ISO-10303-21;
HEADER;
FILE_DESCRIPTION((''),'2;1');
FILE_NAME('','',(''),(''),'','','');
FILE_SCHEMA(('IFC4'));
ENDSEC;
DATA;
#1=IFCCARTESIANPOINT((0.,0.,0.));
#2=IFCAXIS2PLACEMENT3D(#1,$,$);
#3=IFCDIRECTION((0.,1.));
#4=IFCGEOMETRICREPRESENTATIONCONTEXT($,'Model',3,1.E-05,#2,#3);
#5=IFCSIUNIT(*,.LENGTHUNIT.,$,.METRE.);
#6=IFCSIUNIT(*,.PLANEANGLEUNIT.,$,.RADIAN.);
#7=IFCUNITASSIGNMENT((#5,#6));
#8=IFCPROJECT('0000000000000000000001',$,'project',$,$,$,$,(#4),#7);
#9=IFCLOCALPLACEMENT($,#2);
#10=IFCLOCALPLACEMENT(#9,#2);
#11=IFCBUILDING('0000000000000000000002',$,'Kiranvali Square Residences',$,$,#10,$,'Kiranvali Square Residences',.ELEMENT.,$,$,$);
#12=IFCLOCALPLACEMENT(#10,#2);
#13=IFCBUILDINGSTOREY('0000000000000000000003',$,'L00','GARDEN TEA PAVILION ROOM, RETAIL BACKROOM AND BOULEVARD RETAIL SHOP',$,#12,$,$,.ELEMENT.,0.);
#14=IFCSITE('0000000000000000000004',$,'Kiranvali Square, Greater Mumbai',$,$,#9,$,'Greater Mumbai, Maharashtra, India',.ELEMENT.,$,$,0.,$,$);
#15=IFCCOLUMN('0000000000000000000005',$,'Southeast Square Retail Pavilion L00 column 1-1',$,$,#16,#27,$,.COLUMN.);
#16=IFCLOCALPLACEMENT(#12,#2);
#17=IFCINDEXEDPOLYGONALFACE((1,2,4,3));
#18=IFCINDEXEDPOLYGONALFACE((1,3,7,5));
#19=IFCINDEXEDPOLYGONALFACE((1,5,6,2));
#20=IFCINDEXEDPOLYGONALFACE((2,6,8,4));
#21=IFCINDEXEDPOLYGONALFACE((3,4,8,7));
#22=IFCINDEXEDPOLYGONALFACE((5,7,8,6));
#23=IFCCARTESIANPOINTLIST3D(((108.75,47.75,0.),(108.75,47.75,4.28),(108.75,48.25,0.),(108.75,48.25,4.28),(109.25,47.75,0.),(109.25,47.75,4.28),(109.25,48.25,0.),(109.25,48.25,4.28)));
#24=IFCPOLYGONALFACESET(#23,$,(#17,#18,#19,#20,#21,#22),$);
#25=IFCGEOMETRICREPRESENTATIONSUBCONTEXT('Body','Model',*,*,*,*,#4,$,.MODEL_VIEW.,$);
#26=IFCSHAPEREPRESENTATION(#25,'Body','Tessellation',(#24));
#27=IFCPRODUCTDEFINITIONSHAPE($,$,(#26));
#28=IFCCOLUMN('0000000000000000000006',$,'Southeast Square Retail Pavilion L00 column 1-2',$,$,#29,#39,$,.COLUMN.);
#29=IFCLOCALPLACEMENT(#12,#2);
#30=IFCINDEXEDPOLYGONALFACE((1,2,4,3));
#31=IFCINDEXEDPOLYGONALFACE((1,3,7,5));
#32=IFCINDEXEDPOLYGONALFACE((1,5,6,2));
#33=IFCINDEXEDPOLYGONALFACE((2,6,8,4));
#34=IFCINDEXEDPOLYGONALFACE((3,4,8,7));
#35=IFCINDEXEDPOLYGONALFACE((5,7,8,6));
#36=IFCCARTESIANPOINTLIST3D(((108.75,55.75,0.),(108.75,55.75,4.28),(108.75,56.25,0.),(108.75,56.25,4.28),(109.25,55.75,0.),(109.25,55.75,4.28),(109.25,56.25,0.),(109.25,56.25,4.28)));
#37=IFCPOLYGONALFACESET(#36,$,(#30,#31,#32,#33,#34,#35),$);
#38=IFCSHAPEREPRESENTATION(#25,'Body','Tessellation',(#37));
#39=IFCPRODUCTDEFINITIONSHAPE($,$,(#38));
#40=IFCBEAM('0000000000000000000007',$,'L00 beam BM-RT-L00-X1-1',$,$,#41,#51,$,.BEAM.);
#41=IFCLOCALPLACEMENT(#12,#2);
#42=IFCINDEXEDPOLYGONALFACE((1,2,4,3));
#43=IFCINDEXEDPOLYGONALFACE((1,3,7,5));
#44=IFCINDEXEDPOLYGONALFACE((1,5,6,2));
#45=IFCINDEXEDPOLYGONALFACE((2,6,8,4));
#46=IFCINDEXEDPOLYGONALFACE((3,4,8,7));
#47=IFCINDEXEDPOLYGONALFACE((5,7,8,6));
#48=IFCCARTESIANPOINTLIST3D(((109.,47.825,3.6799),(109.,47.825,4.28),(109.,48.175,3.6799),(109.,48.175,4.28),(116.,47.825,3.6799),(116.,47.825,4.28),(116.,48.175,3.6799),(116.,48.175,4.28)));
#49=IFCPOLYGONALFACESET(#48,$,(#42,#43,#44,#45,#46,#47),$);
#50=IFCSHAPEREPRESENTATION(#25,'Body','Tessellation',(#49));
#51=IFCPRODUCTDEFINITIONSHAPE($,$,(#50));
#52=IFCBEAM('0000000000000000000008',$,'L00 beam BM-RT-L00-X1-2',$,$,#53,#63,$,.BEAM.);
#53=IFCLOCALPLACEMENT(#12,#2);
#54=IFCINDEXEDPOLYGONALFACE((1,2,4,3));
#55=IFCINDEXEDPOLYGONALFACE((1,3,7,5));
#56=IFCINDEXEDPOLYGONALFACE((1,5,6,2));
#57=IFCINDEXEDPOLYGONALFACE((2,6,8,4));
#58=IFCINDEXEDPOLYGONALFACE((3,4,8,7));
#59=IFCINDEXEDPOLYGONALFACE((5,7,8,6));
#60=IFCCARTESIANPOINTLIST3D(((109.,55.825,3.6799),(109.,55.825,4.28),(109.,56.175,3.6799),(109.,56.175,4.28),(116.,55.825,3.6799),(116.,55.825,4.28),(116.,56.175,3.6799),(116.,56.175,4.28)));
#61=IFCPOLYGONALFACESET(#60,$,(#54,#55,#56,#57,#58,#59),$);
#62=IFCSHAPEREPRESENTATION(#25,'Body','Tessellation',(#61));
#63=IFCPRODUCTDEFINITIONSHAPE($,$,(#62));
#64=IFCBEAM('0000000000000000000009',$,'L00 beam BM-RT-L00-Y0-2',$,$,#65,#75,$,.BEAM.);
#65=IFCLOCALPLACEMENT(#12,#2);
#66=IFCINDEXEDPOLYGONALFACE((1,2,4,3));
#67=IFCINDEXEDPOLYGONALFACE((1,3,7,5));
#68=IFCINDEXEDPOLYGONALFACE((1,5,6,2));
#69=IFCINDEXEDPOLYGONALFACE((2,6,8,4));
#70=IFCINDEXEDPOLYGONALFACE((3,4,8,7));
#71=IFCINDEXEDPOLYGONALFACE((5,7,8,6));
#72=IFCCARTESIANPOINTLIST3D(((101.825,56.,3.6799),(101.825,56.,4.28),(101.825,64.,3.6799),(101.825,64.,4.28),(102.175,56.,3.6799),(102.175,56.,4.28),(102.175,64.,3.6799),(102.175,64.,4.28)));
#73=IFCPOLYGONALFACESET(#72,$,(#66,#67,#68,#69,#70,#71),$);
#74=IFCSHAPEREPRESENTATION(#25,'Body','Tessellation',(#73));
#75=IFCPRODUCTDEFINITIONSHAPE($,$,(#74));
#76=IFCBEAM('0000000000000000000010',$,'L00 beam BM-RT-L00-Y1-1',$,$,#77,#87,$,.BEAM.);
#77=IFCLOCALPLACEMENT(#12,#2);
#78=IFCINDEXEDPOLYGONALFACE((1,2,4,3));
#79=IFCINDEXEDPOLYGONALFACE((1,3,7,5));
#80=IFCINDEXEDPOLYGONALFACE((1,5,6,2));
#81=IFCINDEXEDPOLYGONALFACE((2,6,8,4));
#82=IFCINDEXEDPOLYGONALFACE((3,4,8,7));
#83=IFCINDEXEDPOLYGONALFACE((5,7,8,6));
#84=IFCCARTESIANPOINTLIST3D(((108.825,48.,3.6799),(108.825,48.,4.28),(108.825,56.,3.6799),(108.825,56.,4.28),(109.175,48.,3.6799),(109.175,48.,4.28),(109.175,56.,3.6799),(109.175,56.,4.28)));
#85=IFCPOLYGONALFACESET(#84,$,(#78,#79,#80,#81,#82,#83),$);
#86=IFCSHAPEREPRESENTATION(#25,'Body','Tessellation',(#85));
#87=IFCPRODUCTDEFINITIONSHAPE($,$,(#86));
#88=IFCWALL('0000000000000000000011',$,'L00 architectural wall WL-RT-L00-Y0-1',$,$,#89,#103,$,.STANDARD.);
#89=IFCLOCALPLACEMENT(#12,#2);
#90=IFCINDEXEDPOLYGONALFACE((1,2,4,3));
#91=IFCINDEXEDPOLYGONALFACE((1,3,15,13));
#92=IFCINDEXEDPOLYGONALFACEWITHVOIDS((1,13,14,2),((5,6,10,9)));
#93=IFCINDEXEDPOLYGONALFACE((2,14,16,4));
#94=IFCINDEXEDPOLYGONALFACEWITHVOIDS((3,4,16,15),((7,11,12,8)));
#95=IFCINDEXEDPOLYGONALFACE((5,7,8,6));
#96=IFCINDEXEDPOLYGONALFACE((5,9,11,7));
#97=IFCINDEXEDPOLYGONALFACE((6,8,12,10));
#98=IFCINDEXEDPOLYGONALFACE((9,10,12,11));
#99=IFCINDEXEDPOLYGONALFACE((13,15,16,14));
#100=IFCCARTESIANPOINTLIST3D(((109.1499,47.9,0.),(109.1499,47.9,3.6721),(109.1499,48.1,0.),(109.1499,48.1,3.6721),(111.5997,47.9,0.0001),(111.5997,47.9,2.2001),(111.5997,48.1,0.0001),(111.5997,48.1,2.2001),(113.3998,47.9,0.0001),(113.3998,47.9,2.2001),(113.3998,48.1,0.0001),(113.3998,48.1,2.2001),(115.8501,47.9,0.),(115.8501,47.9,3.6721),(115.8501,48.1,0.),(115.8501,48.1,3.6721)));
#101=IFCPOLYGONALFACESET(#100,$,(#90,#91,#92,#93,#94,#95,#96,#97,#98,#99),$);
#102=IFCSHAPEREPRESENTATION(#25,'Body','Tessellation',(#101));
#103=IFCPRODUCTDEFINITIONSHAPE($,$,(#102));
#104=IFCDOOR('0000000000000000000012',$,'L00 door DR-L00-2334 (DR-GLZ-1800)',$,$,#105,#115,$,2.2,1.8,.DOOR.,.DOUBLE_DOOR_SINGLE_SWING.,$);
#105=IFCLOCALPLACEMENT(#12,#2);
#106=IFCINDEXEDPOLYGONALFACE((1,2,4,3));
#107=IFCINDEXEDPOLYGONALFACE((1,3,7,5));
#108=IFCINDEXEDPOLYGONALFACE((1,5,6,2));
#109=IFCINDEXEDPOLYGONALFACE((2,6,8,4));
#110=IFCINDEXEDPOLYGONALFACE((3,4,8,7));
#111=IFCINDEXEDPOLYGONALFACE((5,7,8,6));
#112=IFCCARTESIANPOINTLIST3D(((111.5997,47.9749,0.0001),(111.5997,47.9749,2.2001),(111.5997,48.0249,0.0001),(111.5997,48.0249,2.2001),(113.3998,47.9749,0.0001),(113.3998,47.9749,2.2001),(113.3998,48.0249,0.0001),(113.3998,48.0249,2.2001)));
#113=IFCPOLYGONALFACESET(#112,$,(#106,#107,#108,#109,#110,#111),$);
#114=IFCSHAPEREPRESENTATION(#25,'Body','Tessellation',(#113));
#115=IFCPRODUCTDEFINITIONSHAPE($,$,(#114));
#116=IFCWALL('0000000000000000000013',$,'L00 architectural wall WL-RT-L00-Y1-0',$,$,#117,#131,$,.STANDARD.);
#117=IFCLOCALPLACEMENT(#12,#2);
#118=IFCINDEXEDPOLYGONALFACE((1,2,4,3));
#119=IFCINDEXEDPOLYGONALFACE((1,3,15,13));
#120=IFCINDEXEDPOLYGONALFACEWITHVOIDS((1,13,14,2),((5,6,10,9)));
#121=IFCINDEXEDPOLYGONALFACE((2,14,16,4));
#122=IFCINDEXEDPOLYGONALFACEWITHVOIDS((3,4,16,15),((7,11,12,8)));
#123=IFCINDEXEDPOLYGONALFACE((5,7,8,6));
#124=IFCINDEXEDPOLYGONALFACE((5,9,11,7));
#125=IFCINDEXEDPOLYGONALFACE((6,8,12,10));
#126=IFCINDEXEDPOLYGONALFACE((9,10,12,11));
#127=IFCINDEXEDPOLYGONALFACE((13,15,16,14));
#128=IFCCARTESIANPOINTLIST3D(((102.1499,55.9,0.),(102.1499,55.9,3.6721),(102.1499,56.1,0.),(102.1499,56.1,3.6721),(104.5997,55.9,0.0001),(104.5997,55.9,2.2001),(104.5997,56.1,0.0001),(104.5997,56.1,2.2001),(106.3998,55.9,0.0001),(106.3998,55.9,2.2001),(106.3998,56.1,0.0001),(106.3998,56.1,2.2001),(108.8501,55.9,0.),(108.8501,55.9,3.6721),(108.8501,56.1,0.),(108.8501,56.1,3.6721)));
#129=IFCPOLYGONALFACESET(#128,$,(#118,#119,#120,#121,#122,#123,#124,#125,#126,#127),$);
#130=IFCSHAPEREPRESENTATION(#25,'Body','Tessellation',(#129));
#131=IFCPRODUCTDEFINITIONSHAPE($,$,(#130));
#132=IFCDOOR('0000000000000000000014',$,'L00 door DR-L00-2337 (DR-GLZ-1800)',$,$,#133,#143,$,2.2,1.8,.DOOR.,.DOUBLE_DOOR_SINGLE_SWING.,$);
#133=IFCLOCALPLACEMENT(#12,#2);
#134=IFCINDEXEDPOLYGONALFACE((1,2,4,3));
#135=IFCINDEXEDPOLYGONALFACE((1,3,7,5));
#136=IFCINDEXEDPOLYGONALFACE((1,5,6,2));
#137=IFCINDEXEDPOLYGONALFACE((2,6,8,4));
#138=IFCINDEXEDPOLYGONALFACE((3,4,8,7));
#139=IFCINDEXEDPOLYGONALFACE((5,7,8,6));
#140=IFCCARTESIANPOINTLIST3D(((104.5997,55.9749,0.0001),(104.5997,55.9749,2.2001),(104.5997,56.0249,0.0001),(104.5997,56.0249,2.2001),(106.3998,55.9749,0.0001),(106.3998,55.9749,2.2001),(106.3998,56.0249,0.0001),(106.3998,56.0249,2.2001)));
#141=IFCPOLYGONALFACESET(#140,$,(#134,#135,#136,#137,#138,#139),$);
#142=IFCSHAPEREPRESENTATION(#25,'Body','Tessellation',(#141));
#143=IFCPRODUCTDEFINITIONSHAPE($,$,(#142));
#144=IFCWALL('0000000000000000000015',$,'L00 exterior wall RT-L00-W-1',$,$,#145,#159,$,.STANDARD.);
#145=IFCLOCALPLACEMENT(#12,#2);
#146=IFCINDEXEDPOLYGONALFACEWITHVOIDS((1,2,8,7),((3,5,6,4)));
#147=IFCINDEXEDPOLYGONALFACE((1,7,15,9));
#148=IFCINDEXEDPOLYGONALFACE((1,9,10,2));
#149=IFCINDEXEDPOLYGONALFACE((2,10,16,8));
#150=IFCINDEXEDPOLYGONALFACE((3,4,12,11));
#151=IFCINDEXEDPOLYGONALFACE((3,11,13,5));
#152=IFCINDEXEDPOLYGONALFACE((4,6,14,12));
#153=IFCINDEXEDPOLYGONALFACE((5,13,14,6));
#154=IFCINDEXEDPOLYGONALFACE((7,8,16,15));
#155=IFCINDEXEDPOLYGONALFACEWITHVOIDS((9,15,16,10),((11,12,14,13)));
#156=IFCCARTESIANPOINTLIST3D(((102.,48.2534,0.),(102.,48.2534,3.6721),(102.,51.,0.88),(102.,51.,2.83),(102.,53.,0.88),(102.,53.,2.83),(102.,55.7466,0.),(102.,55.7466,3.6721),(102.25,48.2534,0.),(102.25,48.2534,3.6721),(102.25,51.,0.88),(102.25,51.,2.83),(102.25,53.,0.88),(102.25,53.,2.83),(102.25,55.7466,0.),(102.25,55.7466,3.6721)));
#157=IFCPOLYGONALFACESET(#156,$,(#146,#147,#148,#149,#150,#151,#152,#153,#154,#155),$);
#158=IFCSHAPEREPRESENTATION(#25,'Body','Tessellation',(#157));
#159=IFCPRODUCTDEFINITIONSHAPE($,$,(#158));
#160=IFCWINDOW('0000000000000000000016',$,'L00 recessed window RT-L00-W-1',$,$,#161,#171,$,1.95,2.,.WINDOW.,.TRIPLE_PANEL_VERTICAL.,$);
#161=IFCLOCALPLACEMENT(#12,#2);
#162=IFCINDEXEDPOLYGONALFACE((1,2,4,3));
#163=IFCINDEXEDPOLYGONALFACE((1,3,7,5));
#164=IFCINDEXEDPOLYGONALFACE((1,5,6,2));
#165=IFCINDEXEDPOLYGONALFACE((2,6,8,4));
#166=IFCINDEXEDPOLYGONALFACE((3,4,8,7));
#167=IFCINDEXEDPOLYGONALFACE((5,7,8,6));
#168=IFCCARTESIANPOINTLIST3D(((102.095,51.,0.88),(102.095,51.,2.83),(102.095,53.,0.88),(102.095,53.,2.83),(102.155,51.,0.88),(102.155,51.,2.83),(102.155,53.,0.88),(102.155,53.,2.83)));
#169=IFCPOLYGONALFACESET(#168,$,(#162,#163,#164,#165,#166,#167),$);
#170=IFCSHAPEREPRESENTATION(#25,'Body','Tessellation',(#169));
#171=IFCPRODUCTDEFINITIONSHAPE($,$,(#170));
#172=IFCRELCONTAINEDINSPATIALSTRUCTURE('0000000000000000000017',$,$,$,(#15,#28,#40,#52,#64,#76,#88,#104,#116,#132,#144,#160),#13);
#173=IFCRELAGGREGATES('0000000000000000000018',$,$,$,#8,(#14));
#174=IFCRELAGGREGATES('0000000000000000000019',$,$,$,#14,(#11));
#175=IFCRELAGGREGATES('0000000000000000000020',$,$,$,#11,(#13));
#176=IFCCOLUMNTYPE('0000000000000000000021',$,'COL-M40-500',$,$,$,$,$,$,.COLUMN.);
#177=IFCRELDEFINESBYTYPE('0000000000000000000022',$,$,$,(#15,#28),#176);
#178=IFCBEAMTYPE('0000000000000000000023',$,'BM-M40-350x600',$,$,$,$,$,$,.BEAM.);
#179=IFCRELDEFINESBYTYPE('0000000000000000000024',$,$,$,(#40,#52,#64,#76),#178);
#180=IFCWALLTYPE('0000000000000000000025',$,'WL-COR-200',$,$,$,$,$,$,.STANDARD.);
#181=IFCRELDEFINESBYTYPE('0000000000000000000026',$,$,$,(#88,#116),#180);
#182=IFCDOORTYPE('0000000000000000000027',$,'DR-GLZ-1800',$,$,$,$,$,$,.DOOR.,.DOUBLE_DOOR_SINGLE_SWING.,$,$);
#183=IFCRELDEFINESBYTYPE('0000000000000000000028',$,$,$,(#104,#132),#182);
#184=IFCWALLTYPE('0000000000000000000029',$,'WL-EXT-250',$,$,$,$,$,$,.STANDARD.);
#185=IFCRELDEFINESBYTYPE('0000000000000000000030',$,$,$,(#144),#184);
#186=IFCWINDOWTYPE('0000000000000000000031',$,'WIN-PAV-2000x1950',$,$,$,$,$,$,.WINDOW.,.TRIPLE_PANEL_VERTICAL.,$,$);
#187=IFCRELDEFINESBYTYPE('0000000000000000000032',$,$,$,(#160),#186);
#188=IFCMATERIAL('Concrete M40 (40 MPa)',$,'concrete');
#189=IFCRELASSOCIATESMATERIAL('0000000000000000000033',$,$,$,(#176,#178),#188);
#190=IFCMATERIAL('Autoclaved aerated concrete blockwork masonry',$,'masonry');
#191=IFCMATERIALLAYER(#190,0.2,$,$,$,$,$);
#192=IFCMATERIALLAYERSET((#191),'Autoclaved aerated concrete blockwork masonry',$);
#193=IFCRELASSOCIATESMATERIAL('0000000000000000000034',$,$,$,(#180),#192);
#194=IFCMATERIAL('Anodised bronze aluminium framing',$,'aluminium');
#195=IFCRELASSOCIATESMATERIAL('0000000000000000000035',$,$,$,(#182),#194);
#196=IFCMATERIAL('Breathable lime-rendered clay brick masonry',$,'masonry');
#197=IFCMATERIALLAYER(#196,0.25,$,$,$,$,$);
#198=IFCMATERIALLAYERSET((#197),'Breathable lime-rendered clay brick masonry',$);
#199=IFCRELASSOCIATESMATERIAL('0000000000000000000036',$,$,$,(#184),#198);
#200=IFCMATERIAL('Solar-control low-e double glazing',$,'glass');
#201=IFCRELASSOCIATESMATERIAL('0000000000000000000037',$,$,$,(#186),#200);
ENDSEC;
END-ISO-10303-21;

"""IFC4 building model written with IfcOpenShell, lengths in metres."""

from ifc_helpers import new_model, si_unit, direction, frame, frame_2d, origin, origin_2d, place, context, subcontext, project, spatial, rectangle, extrude, material, layer, layer_set, material_profile, profile_set, type_object, element, fill, save


model = new_model("IFC4")

# Units and contexts
model_context = context("Model", 3, precision=1e-05, world=origin(), true_north=direction((0.0, 1.0)))
body_context = subcontext(model_context, "Body", "Model", "MODEL_VIEW")
ifc_project = project(units=[si_unit("LENGTHUNIT", "METRE"), si_unit("PLANEANGLEUNIT", "RADIAN")], contexts=[model_context])

# Site, building, storey
site_placement = place(None, origin())
site = spatial("IfcSite", under=ifc_project, at=site_placement, Name="Kiranvali Square, Greater Mumbai", LongName="Greater Mumbai, Maharashtra, India", CompositionType="ELEMENT", RefElevation=0.0)
building_placement = place(site_placement, origin())
building = spatial("IfcBuilding", under=site, at=building_placement, Name="Kiranvali Square Residences", LongName="Kiranvali Square Residences", CompositionType="ELEMENT")
storey_placement = place(building_placement, origin())
storey = spatial("IfcBuildingStorey", under=building, at=storey_placement, Name="L00", Description="GARDEN TEA PAVILION ROOM, RETAIL BACKROOM AND BOULEVARD RETAIL SHOP", CompositionType="ELEMENT", Elevation=0.0)

# Columns
ifc_material_1 = material(Name="Concrete M40 (40 MPa)", Category="concrete")
ifc_material_profile_1 = material_profile(ifc_material_1, rectangle(XDim=0.5, YDim=0.5, at=origin_2d()), Name="RC 500x500")
ifc_profile_set_1 = profile_set([ifc_material_profile_1], Name="Concrete M40 (40 MPa)")
column_type = type_object("IfcColumnType", Name="COL-M40-500", PredefinedType="COLUMN", material=ifc_profile_set_1)
for number, where, z_axis, x_axis, name in (
    (1, (109.0, 48.0, 0.0), (0.0, 0.0, 1.0), (1.0, 0.0, 0.0), "Southeast Square Retail Pavilion L00 column 1-1"),
    (2, (109.0, 56.0, 0.0), (0.0, 0.0, 1.0), (1.0, 0.0, 0.0), "Southeast Square Retail Pavilion L00 column 1-2"),
):
    element("IfcColumn", number, at=place(storey_placement, frame(where, z_axis=z_axis, x_axis=x_axis)), inside=storey, type_object=column_type, Name=name, PredefinedType="COLUMN", context=body_context, shape_type="SweptSolid", body=[
        extrude(rectangle(XDim=0.5, YDim=0.5, at=origin_2d()), origin(), (0.0, 0.0, 1.0), 4.28),
    ])

# Beams
ifc_material_profile_2 = material_profile(ifc_material_1, rectangle(XDim=0.3501, YDim=0.6001, at=origin_2d()), Name="RC 350x600")
ifc_profile_set_2 = profile_set([ifc_material_profile_2], Name="Concrete M40 (40 MPa)")
beam_type = type_object("IfcBeamType", Name="BM-M40-350x600", PredefinedType="BEAM", material=ifc_profile_set_2)
for number, where, z_axis, x_axis, name in (
    (3, (109.0, 48.0, 3.98), (1.0, 0.0, 0.0), (0.0, 1.0, 0.0), "L00 beam BM-RT-L00-X1-1"),
    (4, (109.0, 56.0, 3.98), (1.0, 0.0, 0.0), (0.0, 1.0, 0.0), "L00 beam BM-RT-L00-X1-2"),
):
    element("IfcBeam", number, at=place(storey_placement, frame(where, z_axis=z_axis, x_axis=x_axis)), inside=storey, type_object=beam_type, Name=name, PredefinedType="BEAM", context=body_context, shape_type="SweptSolid", body=[
        extrude(rectangle(XDim=0.3501, YDim=0.6001, at=origin_2d()), origin(), (0.0, 0.0, 1.0), 7.0),
    ])
for number, where, z_axis, x_axis, name in (
    (5, (102.0, 56.0, 3.98), (0.0, 1.0, 0.0), (-1.0, 0.0, 0.0), "L00 beam BM-RT-L00-Y0-2"),
    (6, (109.0, 48.0, 3.98), (0.0, 1.0, 0.0), (-1.0, 0.0, 0.0), "L00 beam BM-RT-L00-Y1-1"),
):
    element("IfcBeam", number, at=place(storey_placement, frame(where, z_axis=z_axis, x_axis=x_axis)), inside=storey, type_object=beam_type, Name=name, PredefinedType="BEAM", context=body_context, shape_type="SweptSolid", body=[
        extrude(rectangle(XDim=0.3501, YDim=0.6001, at=origin_2d()), origin(), (0.0, 0.0, 1.0), 8.0),
    ])

# Walls, openings, doors
ifc_material_2 = material(Name="Autoclaved aerated concrete blockwork masonry", Category="masonry")
ifc_layer_1 = layer(ifc_material_2, 0.2)
ifc_layer_set_1 = layer_set([ifc_layer_1], Name="Autoclaved aerated concrete blockwork masonry")
wall_type_1 = type_object("IfcWallType", Name="WL-COR-200", PredefinedType="STANDARD", material=ifc_layer_set_1)
wall_1_placement = place(storey_placement, frame((109.1499, 48.0, 0.0), z_axis=(0.0, 0.0, 1.0), x_axis=(1.0, 0.0, 0.0)))
wall_1 = element("IfcWall", 7, at=wall_1_placement, inside=storey, type_object=wall_type_1, Name="L00 architectural wall WL-RT-L00-Y0-1", PredefinedType="STANDARD", context=body_context, shape_type="SweptSolid", body=[
    extrude(rectangle(XDim=6.7002, YDim=0.2, at=frame_2d((3.3501, 0.0))), origin(), (0.0, 0.0, 1.0), 3.6721),
])
opening_1_placement = place(wall_1_placement, frame((2.45, 0.0, 0.0)))
opening_1 = element("IfcOpeningElement", 8, at=opening_1_placement, cuts=wall_1, PredefinedType="OPENING", context=body_context, shape_type="SweptSolid", body=[
    extrude(rectangle(XDim=1.8, YDim=2.2, at=frame_2d((0.8999, 1.1001))), frame((0.0, 0.1099, 0.0), z_axis=(0.0, -1.0, 0.0), x_axis=(1.0, 0.0, 0.0)), (0.0, 0.0, 1.0), 0.22),
])
ifc_material_3 = material(Name="Anodised bronze aluminium framing", Category="aluminium")
door_type = type_object("IfcDoorType", Name="DR-GLZ-1800", OperationType="DOUBLE_DOOR_SINGLE_SWING", PredefinedType="DOOR", material=ifc_material_3)
door_1_placement = place(opening_1_placement, origin())
door_1 = element("IfcDoor", 9, at=door_1_placement, inside=storey, type_object=door_type, Name="L00 door DR-L00-2334 (DR-GLZ-1800)", OperationType="DOUBLE_DOOR_SINGLE_SWING", OverallHeight=2.2, OverallWidth=1.8, PredefinedType="DOOR", context=body_context, shape_type="SweptSolid", body=[
    extrude(rectangle(XDim=1.8, YDim=2.2, at=frame_2d((0.8999, 1.1001))), frame((0.0, 0.0249, 0.0), z_axis=(0.0, -1.0, 0.0), x_axis=(1.0, 0.0, 0.0)), (0.0, 0.0, 1.0), 0.05),
])
fill(opening_1, door_1)
wall_2_placement = place(storey_placement, frame((102.1499, 56.0, 0.0), z_axis=(0.0, 0.0, 1.0), x_axis=(1.0, 0.0, 0.0)))
wall_2 = element("IfcWall", 10, at=wall_2_placement, inside=storey, type_object=wall_type_1, Name="L00 architectural wall WL-RT-L00-Y1-0", PredefinedType="STANDARD", context=body_context, shape_type="SweptSolid", body=[
    extrude(rectangle(XDim=6.7002, YDim=0.2, at=frame_2d((3.3501, 0.0))), origin(), (0.0, 0.0, 1.0), 3.6721),
])
opening_2_placement = place(wall_2_placement, frame((2.45, 0.0, 0.0)))
opening_2 = element("IfcOpeningElement", 11, at=opening_2_placement, cuts=wall_2, PredefinedType="OPENING", context=body_context, shape_type="SweptSolid", body=[
    extrude(rectangle(XDim=1.8, YDim=2.2, at=frame_2d((0.8999, 1.1001))), frame((0.0, 0.1099, 0.0), z_axis=(0.0, -1.0, 0.0), x_axis=(1.0, 0.0, 0.0)), (0.0, 0.0, 1.0), 0.22),
])
door_2_placement = place(opening_2_placement, origin())
door_2 = element("IfcDoor", 12, at=door_2_placement, inside=storey, type_object=door_type, Name="L00 door DR-L00-2337 (DR-GLZ-1800)", OperationType="DOUBLE_DOOR_SINGLE_SWING", OverallHeight=2.2, OverallWidth=1.8, PredefinedType="DOOR", context=body_context, shape_type="SweptSolid", body=[
    extrude(rectangle(XDim=1.8, YDim=2.2, at=frame_2d((0.8999, 1.1001))), frame((0.0, 0.0249, 0.0), z_axis=(0.0, -1.0, 0.0), x_axis=(1.0, 0.0, 0.0)), (0.0, 0.0, 1.0), 0.05),
])
fill(opening_2, door_2)

# Wall, opening, window
ifc_material_4 = material(Name="Breathable lime-rendered clay brick masonry", Category="masonry")
ifc_layer_2 = layer(ifc_material_4, 0.25)
ifc_layer_set_2 = layer_set([ifc_layer_2], Name="Breathable lime-rendered clay brick masonry")
wall_type_2 = type_object("IfcWallType", Name="WL-EXT-250", PredefinedType="STANDARD", material=ifc_layer_set_2)
wall_3_placement = place(storey_placement, frame((102.125, 48.2534, 0.0), z_axis=(0.0, 0.0, 1.0), x_axis=(0.0, 1.0, 0.0)))
wall_3 = element("IfcWall", 13, at=wall_3_placement, inside=storey, type_object=wall_type_2, Name="L00 exterior wall RT-L00-W-1", PredefinedType="STANDARD", context=body_context, shape_type="SweptSolid", body=[
    extrude(rectangle(XDim=7.4932, YDim=0.25, at=frame_2d((3.7466, 0.0))), origin(), (0.0, 0.0, 1.0), 3.6721),
])
opening_3_placement = place(wall_3_placement, frame((2.7466, 0.0, 0.8799)))
opening_3 = element("IfcOpeningElement", 14, at=opening_3_placement, cuts=wall_3, PredefinedType="OPENING", context=body_context, shape_type="SweptSolid", body=[
    extrude(rectangle(XDim=2.0, YDim=1.95, at=frame_2d((1.0, 0.9751))), frame((0.0, 0.135, 0.0), z_axis=(0.0, -1.0, 0.0), x_axis=(1.0, 0.0, 0.0)), (0.0, 0.0, 1.0), 0.27),
])
ifc_material_5 = material(Name="Solar-control low-e double glazing", Category="glass")
window_type = type_object("IfcWindowType", Name="WIN-PAV-2000x1950", PartitioningType="TRIPLE_PANEL_VERTICAL", PredefinedType="WINDOW", material=ifc_material_5)
window_placement = place(opening_3_placement, origin())
window = element("IfcWindow", 15, at=window_placement, inside=storey, type_object=window_type, Name="L00 recessed window RT-L00-W-1", OverallHeight=1.95, OverallWidth=2.0, PartitioningType="TRIPLE_PANEL_VERTICAL", PredefinedType="WINDOW", context=body_context, shape_type="SweptSolid", body=[
    extrude(rectangle(XDim=2.0, YDim=1.95, at=frame_2d((1.0, 0.9751))), frame((0.0, 0.03, 0.0), z_axis=(0.0, -1.0, 0.0), x_axis=(1.0, 0.0, 0.0)), (0.0, 0.0, 1.0), 0.0601),
])
fill(opening_3, window)

save(model, "model.ifc")
